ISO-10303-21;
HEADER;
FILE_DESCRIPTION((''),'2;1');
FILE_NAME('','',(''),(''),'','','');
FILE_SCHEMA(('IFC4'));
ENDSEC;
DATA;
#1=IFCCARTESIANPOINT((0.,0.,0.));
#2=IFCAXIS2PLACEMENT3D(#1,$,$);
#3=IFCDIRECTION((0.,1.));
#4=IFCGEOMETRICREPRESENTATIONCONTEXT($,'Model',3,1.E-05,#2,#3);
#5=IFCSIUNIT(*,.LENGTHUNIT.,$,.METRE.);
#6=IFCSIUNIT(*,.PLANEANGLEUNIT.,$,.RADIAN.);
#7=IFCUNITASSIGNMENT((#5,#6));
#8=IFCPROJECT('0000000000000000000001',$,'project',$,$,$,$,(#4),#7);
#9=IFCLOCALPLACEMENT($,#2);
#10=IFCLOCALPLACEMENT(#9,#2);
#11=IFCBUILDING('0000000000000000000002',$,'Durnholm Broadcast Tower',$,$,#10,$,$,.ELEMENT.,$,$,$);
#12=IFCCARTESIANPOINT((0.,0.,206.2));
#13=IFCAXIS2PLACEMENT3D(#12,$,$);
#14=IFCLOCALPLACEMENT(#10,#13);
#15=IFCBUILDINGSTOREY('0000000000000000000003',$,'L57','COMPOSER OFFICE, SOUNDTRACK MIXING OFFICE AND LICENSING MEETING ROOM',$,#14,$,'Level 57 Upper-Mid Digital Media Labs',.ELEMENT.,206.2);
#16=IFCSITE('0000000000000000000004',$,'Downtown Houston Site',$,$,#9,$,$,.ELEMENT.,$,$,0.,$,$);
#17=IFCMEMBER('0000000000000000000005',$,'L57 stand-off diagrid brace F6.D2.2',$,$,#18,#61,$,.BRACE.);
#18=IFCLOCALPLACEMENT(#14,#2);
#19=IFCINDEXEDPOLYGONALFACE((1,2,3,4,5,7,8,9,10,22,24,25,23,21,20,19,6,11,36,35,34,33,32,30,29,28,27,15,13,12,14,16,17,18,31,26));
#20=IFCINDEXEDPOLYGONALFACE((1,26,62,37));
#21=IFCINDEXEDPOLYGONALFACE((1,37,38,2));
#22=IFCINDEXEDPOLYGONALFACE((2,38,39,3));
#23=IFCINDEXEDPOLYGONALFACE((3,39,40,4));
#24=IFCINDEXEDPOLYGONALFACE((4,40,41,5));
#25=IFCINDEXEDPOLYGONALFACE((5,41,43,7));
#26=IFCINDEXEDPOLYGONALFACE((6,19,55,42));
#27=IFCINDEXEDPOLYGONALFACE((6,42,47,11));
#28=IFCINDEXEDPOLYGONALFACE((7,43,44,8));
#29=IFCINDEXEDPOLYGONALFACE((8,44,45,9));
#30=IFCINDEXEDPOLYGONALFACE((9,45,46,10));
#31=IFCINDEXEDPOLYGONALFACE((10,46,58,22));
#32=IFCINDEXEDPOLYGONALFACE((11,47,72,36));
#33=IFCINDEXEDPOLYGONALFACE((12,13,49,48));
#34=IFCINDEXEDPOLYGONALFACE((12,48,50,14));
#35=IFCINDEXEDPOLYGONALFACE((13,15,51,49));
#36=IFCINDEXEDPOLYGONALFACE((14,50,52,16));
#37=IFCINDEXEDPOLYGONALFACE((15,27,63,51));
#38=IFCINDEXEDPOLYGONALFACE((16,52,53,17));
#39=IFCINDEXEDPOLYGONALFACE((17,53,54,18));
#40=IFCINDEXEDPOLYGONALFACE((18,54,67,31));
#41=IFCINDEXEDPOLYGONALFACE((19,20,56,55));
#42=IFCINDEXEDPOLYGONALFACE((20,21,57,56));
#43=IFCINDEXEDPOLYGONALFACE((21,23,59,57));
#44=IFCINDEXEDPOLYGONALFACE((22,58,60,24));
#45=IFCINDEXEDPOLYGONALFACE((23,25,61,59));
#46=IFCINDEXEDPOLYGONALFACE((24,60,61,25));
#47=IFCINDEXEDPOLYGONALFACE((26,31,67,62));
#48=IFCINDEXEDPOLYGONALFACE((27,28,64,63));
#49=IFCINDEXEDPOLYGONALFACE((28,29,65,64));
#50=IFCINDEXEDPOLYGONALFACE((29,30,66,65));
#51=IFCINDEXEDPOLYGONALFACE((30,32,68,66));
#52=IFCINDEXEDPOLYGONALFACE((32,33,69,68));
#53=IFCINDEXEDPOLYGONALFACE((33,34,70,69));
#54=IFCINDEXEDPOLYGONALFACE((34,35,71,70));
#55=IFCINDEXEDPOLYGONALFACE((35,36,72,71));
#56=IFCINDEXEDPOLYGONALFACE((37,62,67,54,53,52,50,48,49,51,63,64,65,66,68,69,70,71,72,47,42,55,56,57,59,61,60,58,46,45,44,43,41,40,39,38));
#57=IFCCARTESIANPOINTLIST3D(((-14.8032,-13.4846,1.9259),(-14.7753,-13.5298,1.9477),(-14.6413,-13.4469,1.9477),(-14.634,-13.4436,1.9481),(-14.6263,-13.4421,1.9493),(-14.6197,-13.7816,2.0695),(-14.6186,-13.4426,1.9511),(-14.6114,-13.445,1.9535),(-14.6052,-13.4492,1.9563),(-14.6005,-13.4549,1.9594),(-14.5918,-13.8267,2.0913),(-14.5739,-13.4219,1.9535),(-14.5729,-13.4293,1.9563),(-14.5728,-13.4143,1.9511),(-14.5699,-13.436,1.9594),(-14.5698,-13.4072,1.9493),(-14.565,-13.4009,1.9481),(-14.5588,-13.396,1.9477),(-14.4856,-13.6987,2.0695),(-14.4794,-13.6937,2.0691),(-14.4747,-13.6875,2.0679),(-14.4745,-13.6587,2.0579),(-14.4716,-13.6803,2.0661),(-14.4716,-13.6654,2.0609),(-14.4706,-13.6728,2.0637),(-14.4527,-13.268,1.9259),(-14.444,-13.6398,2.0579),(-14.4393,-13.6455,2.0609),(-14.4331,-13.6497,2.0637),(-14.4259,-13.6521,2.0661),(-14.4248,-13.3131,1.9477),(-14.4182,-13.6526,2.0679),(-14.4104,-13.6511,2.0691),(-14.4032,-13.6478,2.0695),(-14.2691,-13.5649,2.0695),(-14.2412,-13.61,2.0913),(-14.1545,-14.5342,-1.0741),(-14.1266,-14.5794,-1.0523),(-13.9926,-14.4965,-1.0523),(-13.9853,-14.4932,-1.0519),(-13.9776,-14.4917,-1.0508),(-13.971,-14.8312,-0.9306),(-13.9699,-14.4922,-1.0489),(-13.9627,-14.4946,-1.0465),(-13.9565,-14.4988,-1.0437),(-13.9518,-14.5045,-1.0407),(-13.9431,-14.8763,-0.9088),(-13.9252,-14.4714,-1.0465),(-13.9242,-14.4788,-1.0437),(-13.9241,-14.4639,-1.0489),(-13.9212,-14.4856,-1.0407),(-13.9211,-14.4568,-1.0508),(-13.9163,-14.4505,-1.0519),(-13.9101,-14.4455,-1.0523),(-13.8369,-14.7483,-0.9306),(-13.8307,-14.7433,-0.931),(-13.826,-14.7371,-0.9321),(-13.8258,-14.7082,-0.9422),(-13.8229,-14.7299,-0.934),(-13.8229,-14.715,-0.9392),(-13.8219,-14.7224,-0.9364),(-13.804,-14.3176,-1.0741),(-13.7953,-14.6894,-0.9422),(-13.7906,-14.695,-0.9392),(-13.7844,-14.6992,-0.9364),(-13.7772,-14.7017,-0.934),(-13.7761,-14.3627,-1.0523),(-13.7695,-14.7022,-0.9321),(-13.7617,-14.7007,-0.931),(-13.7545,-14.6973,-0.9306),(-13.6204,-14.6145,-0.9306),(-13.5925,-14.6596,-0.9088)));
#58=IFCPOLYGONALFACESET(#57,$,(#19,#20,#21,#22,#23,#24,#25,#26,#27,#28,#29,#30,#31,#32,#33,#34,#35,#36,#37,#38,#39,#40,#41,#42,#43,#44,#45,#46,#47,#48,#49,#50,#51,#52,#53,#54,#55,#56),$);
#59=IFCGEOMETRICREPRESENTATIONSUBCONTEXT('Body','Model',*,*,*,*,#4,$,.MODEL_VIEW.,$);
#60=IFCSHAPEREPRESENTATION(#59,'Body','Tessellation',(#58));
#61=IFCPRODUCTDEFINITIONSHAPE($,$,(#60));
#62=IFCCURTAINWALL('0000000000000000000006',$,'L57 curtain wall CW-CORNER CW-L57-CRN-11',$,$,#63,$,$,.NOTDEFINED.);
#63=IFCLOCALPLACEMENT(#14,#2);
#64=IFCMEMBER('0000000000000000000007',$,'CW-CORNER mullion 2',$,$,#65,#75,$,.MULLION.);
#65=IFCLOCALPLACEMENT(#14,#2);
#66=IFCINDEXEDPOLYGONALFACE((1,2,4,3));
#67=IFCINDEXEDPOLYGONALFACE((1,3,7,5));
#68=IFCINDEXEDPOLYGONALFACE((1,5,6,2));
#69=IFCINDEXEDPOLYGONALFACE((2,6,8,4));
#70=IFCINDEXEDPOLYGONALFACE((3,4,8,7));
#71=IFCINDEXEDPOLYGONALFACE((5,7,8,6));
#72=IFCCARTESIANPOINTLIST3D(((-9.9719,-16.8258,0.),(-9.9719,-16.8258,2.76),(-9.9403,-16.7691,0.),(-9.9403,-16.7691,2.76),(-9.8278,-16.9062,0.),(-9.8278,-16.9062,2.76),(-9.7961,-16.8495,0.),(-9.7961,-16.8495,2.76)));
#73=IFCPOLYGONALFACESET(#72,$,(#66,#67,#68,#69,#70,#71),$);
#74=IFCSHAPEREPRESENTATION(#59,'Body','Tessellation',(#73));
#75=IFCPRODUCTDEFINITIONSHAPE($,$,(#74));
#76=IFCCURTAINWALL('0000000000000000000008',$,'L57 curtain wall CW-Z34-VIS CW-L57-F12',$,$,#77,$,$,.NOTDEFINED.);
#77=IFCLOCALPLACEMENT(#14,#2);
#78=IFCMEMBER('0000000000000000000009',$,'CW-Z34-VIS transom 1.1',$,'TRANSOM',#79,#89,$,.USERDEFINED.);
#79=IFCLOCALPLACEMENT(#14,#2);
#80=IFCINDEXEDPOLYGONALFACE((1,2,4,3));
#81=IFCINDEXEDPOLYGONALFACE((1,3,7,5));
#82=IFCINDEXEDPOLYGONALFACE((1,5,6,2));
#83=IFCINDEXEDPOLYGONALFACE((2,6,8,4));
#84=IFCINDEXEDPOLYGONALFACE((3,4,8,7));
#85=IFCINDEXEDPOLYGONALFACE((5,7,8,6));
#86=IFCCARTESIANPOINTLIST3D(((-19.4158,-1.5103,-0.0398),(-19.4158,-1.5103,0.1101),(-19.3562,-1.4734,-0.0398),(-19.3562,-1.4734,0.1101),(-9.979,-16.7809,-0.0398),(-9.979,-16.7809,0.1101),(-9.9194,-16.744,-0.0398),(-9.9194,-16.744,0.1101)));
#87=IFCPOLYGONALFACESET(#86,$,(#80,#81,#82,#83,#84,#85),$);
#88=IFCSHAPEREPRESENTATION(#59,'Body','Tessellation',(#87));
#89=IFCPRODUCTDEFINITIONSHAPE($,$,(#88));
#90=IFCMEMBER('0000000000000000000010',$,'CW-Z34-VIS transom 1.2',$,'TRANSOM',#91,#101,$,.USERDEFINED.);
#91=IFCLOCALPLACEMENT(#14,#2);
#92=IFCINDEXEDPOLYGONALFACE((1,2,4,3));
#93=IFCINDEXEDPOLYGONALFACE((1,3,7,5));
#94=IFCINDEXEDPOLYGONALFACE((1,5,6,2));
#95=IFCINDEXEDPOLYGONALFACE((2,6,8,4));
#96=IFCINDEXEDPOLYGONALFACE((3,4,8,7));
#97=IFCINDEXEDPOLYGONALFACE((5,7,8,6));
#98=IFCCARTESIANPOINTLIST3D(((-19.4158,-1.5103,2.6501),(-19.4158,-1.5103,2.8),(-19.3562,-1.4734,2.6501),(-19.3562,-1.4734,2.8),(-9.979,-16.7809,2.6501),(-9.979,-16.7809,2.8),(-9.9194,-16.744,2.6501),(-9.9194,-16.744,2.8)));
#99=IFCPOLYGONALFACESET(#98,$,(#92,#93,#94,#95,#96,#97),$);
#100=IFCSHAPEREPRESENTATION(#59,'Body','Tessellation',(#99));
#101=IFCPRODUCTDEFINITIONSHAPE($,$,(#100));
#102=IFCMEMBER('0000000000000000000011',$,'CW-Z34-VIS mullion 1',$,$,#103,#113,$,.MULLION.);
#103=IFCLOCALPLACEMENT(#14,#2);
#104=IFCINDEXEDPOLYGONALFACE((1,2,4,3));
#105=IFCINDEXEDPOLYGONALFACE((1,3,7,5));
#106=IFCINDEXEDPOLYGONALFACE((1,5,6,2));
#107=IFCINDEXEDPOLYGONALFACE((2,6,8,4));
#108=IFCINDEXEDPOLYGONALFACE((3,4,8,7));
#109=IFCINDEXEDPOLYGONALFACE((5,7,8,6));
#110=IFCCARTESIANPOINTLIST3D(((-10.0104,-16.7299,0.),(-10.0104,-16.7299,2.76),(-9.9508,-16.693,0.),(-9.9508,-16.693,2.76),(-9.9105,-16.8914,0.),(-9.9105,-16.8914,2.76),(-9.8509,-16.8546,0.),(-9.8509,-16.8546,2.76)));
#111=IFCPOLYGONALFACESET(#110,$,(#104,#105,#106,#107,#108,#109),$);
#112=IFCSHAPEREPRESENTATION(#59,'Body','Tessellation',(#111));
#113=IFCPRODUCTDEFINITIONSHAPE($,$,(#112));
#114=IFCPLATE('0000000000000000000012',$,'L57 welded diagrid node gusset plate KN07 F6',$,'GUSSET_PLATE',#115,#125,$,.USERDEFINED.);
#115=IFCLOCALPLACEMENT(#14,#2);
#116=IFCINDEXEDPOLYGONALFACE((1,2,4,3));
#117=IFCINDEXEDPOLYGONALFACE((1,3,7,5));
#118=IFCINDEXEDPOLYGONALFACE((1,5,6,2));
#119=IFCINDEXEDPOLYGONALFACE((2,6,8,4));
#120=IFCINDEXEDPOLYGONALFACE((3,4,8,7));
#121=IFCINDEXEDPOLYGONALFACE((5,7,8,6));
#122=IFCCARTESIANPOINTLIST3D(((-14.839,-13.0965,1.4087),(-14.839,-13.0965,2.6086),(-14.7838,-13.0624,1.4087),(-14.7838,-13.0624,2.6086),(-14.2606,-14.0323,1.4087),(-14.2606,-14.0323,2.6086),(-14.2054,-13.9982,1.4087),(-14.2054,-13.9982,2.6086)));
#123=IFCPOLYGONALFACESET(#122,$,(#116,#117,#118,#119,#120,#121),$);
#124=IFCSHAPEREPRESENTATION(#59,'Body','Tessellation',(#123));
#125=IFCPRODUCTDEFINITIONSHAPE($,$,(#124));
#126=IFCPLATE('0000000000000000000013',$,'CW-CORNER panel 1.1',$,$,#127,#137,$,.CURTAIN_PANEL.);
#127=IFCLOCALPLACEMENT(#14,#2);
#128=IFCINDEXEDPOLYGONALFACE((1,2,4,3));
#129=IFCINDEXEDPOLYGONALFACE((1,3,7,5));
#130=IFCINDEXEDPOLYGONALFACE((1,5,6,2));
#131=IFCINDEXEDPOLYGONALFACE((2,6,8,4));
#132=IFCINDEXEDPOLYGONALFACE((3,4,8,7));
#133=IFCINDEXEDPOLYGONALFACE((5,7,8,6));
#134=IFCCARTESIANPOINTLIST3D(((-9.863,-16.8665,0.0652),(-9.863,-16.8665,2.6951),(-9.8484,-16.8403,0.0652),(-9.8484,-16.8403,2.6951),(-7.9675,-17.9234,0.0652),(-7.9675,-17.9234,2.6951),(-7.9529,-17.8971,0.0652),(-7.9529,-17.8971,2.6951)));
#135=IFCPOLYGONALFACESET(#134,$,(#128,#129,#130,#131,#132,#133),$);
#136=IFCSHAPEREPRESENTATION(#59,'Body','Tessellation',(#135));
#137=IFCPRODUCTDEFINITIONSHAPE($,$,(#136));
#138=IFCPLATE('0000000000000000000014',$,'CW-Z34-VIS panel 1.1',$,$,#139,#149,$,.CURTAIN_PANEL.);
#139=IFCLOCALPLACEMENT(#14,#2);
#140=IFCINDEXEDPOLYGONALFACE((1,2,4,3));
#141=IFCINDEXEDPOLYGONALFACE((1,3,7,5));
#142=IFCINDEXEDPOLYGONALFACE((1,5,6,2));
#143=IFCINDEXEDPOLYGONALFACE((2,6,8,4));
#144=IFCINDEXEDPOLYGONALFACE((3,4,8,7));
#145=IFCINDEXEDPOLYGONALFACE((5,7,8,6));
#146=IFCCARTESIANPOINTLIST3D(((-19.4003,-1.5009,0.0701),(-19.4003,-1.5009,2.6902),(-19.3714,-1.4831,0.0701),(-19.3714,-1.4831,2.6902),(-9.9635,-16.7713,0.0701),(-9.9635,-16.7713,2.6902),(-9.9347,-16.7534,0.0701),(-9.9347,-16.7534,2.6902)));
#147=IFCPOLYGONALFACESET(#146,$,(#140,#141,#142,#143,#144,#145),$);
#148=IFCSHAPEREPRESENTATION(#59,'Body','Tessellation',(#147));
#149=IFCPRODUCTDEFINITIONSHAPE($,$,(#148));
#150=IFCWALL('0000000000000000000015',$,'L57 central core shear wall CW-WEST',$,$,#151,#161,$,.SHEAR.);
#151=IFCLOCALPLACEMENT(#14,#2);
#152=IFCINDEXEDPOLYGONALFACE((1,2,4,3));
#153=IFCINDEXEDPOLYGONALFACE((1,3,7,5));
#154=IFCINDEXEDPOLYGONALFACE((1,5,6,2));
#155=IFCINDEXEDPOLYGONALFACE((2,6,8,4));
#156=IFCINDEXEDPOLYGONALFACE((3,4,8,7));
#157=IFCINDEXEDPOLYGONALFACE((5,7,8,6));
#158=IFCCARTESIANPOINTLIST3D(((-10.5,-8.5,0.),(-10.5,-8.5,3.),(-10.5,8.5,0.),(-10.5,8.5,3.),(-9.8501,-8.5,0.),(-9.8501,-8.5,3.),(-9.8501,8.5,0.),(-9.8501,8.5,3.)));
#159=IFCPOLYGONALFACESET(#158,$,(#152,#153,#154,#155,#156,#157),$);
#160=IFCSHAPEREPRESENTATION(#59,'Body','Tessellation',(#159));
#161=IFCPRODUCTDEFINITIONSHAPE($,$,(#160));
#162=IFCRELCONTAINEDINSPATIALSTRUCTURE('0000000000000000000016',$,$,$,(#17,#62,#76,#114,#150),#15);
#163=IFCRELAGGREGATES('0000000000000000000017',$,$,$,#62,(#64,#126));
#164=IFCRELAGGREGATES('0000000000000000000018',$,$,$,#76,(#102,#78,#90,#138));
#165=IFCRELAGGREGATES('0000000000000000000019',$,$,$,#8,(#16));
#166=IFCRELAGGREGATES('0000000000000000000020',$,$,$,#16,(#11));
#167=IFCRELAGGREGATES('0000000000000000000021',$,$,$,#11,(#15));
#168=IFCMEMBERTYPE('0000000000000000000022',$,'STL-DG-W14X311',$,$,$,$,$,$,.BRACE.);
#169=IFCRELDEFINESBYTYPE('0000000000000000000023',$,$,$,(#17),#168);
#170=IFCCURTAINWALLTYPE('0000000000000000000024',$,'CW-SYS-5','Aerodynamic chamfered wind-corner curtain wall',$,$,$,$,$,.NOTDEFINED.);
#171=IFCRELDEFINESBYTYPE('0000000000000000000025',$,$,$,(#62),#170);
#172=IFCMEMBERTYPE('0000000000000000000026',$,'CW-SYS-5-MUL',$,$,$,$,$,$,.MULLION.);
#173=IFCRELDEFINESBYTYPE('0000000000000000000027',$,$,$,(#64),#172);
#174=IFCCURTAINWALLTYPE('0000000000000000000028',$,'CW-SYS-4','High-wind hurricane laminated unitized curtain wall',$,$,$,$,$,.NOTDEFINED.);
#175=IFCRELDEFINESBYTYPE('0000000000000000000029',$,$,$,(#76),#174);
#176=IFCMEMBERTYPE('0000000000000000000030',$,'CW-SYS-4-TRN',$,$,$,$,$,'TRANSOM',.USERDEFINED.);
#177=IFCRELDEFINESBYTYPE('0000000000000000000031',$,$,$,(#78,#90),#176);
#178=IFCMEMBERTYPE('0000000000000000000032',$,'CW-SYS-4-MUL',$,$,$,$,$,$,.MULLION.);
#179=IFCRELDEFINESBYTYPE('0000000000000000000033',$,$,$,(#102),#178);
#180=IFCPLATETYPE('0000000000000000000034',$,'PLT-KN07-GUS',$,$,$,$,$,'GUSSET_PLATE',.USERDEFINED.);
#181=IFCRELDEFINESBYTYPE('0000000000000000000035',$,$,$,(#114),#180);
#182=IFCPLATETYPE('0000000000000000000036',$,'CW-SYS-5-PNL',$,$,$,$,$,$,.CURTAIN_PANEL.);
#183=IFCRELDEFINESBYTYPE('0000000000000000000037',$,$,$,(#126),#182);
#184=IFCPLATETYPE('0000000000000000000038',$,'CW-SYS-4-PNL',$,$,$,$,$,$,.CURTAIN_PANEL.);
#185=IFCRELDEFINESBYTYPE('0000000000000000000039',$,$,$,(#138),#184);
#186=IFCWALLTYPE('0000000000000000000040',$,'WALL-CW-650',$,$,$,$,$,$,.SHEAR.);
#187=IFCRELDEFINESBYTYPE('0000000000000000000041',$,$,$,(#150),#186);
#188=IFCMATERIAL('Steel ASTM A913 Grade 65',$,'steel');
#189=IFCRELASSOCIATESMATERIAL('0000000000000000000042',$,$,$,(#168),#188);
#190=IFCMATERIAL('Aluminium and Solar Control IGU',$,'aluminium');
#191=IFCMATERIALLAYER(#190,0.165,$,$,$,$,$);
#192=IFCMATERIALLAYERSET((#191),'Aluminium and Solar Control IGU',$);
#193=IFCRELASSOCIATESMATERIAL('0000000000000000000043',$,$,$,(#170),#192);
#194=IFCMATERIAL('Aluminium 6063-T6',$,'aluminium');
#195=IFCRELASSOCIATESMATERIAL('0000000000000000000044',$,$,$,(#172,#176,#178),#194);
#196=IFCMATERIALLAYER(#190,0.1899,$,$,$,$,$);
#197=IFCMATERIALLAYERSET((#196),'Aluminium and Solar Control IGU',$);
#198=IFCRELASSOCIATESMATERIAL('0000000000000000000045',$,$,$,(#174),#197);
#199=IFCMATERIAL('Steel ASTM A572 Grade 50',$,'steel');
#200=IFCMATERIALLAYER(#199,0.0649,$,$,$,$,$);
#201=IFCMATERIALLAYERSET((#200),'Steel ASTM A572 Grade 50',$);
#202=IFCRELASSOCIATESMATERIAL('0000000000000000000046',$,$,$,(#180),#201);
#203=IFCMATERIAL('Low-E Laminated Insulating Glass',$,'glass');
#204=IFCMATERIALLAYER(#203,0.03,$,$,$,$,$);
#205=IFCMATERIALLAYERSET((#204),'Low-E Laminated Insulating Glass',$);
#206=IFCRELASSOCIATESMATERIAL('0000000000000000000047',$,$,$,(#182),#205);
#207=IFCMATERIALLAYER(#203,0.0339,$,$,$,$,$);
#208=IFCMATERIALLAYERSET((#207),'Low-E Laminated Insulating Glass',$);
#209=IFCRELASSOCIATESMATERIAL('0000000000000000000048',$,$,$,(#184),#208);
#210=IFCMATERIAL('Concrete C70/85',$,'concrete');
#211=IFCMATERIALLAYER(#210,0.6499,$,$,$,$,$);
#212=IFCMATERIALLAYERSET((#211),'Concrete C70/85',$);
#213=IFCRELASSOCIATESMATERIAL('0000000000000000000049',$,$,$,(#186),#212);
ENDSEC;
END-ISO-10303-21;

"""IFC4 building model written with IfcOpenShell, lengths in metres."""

from ifc_helpers import new_model, si_unit, direction, frame, frame_2d, origin, origin_2d, place, context, subcontext, project, spatial, rectangle, i_section, extrude, source, transform, mapped, material, layer, layer_set, material_profile, profile_set, type_object, type_shapes, element, aggregate, save


model = new_model("IFC4")

# Units and contexts
model_context = context("Model", 3, precision=1e-05, world=origin(), true_north=direction((0.0, 1.0)))
body_context = subcontext(model_context, "Body", "Model", "MODEL_VIEW")
ifc_project = project(units=[si_unit("LENGTHUNIT", "METRE"), si_unit("PLANEANGLEUNIT", "RADIAN")], contexts=[model_context])

# Site, building, storey
site_placement = place(None, origin())
site = spatial("IfcSite", under=ifc_project, at=site_placement, Name="Downtown Houston Site", CompositionType="ELEMENT", RefElevation=0.0)
building_placement = place(site_placement, origin())
building = spatial("IfcBuilding", under=site, at=building_placement, Name="Durnholm Broadcast Tower", CompositionType="ELEMENT")
storey_placement = place(building_placement, frame((0.0, 0.0, 206.2)))
storey = spatial("IfcBuildingStorey", under=building, at=storey_placement, Name="L57", Description="COMPOSER OFFICE, SOUNDTRACK MIXING OFFICE AND LICENSING MEETING ROOM", LongName="Level 57 Upper-Mid Digital Media Labs", CompositionType="ELEMENT", Elevation=206.2)

# Shared definitions
ifc_material_1 = material(Name="Concrete C70/85", Category="concrete")

# Member
ifc_material_2 = material(Name="Steel ASTM A913 Grade 65", Category="steel")
ifc_material_profile_1 = material_profile(ifc_material_2, i_section(OverallWidth=0.4121, OverallDepth=0.4348, WebThickness=0.0359, FlangeThickness=0.0574, FilletRadius=0.0305, at=origin_2d()), Name="W14X311")
ifc_profile_set_1 = profile_set([ifc_material_profile_1], Name="Steel ASTM A913 Grade 65")
member_type_1 = type_object("IfcMemberType", Name="STL-DG-W14X311", PredefinedType="BRACE", material=ifc_profile_set_1)
shared_shape_1 = source(origin(), body_context, "Body", "SweptSolid", [
    extrude(i_section(OverallWidth=0.4121, OverallDepth=0.4348, WebThickness=0.0359, FlangeThickness=0.0574, FilletRadius=0.0305, at=origin_2d()), origin(), (0.0, 0.0, 1.0), 3.2439),
])
member_1_placement = place(storey_placement, frame((-13.8735, -14.5969, -0.9915), z_axis=(-0.199975, 0.323557, 0.924836), x_axis=(-0.850644, -0.525741, 0.0)))
element("IfcMember", 1, at=member_1_placement, inside=storey, type_object=member_type_1, Name="L57 stand-off diagrid brace F6.D2.2", PredefinedType="BRACE", context=body_context, shape_type="MappedRepresentation", body=[
    mapped(shared_shape_1, transform((0.0, 0.0, 0.0), x_axis=(1.0, 0.0, 0.0), y_axis=(0.0, 1.0, 0.0), z_axis=(0.0, 0.0, 1.0), scale=1.0)),
])

# Curtain wall, member
ifc_material_3 = material(Name="Aluminium and Solar Control IGU", Category="aluminium")
ifc_layer_1 = layer(ifc_material_3, 0.165)
ifc_layer_set_1 = layer_set([ifc_layer_1], Name="Aluminium and Solar Control IGU")
curtain_wall_type_1 = type_object("IfcCurtainWallType", Name="CW-SYS-5", Description="Aerodynamic chamfered wind-corner curtain wall", PredefinedType="NOTDEFINED", material=ifc_layer_set_1)
curtain_wall_1_placement = place(storey_placement, origin())
curtain_wall_1 = element("IfcCurtainWall", 2, at=curtain_wall_1_placement, inside=storey, type_object=curtain_wall_type_1, Name="L57 curtain wall CW-CORNER CW-L57-CRN-11", PredefinedType="NOTDEFINED")
ifc_material_4 = material(Name="Aluminium 6063-T6", Category="aluminium")
ifc_material_profile_2 = material_profile(ifc_material_4, rectangle(XDim=0.0649, YDim=0.165, at=origin_2d()), Name="CWM65X165")
ifc_profile_set_2 = profile_set([ifc_material_profile_2], Name="Aluminium 6063-T6")
member_type_2 = type_object("IfcMemberType", Name="CW-SYS-5-MUL", PredefinedType="MULLION", material=ifc_profile_set_2)
shared_shape_2 = source(origin(), body_context, "Body", "SweptSolid", [
    extrude(rectangle(XDim=0.0649, YDim=0.165, at=origin_2d()), origin(), (0.0, 0.0, 1.0), 2.76),
])
type_shapes(member_type_2, [shared_shape_2])
member_2_placement = place(storey_placement, frame((-9.884, -16.8376, 0.0), z_axis=(0.0, 0.0, 1.0), x_axis=(-0.486986, -0.87341, 0.0)))
member_2 = element("IfcMember", 3, at=member_2_placement, type_object=member_type_2, Name="CW-CORNER mullion 2", PredefinedType="MULLION", context=body_context, shape_type="MappedRepresentation", body=[
    mapped(shared_shape_2, transform((0.0, 0.0, 0.0), x_axis=(1.0, 0.0, 0.0), y_axis=(0.0, 1.0, 0.0), z_axis=(0.0, 0.0, 1.0), scale=1.0)),
])

# Curtain wall, members
ifc_layer_2 = layer(ifc_material_3, 0.1899)
ifc_layer_set_2 = layer_set([ifc_layer_2], Name="Aluminium and Solar Control IGU")
curtain_wall_type_2 = type_object("IfcCurtainWallType", Name="CW-SYS-4", Description="High-wind hurricane laminated unitized curtain wall", PredefinedType="NOTDEFINED", material=ifc_layer_set_2)
curtain_wall_2_placement = place(storey_placement, origin())
curtain_wall_2 = element("IfcCurtainWall", 4, at=curtain_wall_2_placement, inside=storey, type_object=curtain_wall_type_2, Name="L57 curtain wall CW-Z34-VIS CW-L57-F12", PredefinedType="NOTDEFINED")
ifc_material_profile_3 = material_profile(ifc_material_4, rectangle(XDim=0.0701, YDim=0.1499, at=origin_2d()), Name="CWT70X150")
ifc_profile_set_3 = profile_set([ifc_material_profile_3], Name="Aluminium 6063-T6")
member_type_3 = type_object("IfcMemberType", Name="CW-SYS-4-TRN", ElementType="TRANSOM", PredefinedType="USERDEFINED", material=ifc_profile_set_3)
shared_shape_3 = source(origin(), body_context, "Body", "SweptSolid", [
    extrude(rectangle(XDim=0.0701, YDim=0.1499, at=origin_2d()), origin(), (0.0, 0.0, 1.0), 17.9512),
])
type_shapes(member_type_3, [shared_shape_3])
member_3_placement = place(storey_placement, frame((-9.9492, -16.7625, 0.0352), z_axis=(-0.525694, 0.850674, 0.0), x_axis=(-0.850674, -0.525694, 0.0)))
member_3 = element("IfcMember", 5, at=member_3_placement, type_object=member_type_3, Name="CW-Z34-VIS transom 1.1", ObjectType="TRANSOM", PredefinedType="USERDEFINED", context=body_context, shape_type="MappedRepresentation", body=[
    mapped(shared_shape_3, transform((0.0, 0.0, 0.0), x_axis=(1.0, 0.0, 0.0), y_axis=(0.0, 1.0, 0.0), z_axis=(0.0, 0.0, 1.0), scale=1.0)),
])
member_4_placement = place(storey_placement, frame((-9.9492, -16.7625, 2.7251), z_axis=(-0.525694, 0.850674, 0.0), x_axis=(-0.850674, -0.525694, 0.0)))
member_4 = element("IfcMember", 6, at=member_4_placement, type_object=member_type_3, Name="CW-Z34-VIS transom 1.2", ObjectType="TRANSOM", PredefinedType="USERDEFINED", context=body_context, shape_type="MappedRepresentation", body=[
    mapped(shared_shape_3, transform((0.0, 0.0, 0.0), x_axis=(1.0, 0.0, 0.0), y_axis=(0.0, 1.0, 0.0), z_axis=(0.0, 0.0, 1.0), scale=1.0)),
])
ifc_material_profile_4 = material_profile(ifc_material_4, rectangle(XDim=0.0701, YDim=0.1899, at=origin_2d()), Name="CWM70X190")
ifc_profile_set_4 = profile_set([ifc_material_profile_4], Name="Aluminium 6063-T6")
member_type_4 = type_object("IfcMemberType", Name="CW-SYS-4-MUL", PredefinedType="MULLION", material=ifc_profile_set_4)
shared_shape_4 = source(origin(), body_context, "Body", "SweptSolid", [
    extrude(rectangle(XDim=0.0701, YDim=0.1899, at=origin_2d()), origin(), (0.0, 0.0, 1.0), 2.76),
])
type_shapes(member_type_4, [shared_shape_4])
member_5_placement = place(storey_placement, frame((-9.9307, -16.7922, 0.0), z_axis=(0.0, 0.0, 1.0), x_axis=(-0.850671, -0.525698, 0.0)))
member_5 = element("IfcMember", 7, at=member_5_placement, type_object=member_type_4, Name="CW-Z34-VIS mullion 1", PredefinedType="MULLION", context=body_context, shape_type="MappedRepresentation", body=[
    mapped(shared_shape_4, transform((0.0, 0.0, 0.0), x_axis=(1.0, 0.0, 0.0), y_axis=(0.0, 1.0, 0.0), z_axis=(0.0, 0.0, 1.0), scale=1.0)),
])

# Plates
ifc_material_5 = material(Name="Steel ASTM A572 Grade 50", Category="steel")
ifc_layer_3 = layer(ifc_material_5, 0.0649)
ifc_layer_set_3 = layer_set([ifc_layer_3], Name="Steel ASTM A572 Grade 50")
plate_type_1 = type_object("IfcPlateType", Name="PLT-KN07-GUS", ElementType="GUSSET_PLATE", PredefinedType="USERDEFINED", material=ifc_layer_set_3)
shared_shape_5 = source(origin(), body_context, "Body", "SweptSolid", [
    extrude(rectangle(XDim=1.1001, YDim=0.0649, at=origin_2d()), origin(), (0.0, 0.0, 1.0), 1.2),
])
type_shapes(plate_type_1, [shared_shape_5])
plate_1_placement = place(storey_placement, frame((-14.5222, -13.5474, 1.4087), z_axis=(0.0, 0.0, 1.0), x_axis=(0.525769, -0.850628, 0.0)))
element("IfcPlate", 8, at=plate_1_placement, inside=storey, type_object=plate_type_1, Name="L57 welded diagrid node gusset plate KN07 F6", ObjectType="GUSSET_PLATE", PredefinedType="USERDEFINED", context=body_context, shape_type="MappedRepresentation", body=[
    mapped(shared_shape_5, transform((0.0, 0.0, 0.0), x_axis=(1.0, 0.0, 0.0), y_axis=(0.0, 1.0, 0.0), z_axis=(0.0, 0.0, 1.0), scale=1.0)),
])
ifc_material_6 = material(Name="Low-E Laminated Insulating Glass", Category="glass")
ifc_layer_4 = layer(ifc_material_6, 0.03)
ifc_layer_set_4 = layer_set([ifc_layer_4], Name="Low-E Laminated Insulating Glass")
plate_type_2 = type_object("IfcPlateType", Name="CW-SYS-5-PNL", PredefinedType="CURTAIN_PANEL", material=ifc_layer_set_4)
shared_shape_6 = source(origin(), body_context, "Body", "SweptSolid", [
    extrude(rectangle(XDim=2.1702, YDim=0.03, at=origin_2d()), origin(), (0.0, 0.0, 1.0), 2.6299),
])
type_shapes(plate_type_2, [shared_shape_6])
plate_2_placement = place(storey_placement, frame((-8.908, -17.3818, 0.0652), z_axis=(0.0, 0.0, 1.0), x_axis=(-0.87341, 0.486986, 0.0)))
plate_2 = element("IfcPlate", 9, at=plate_2_placement, type_object=plate_type_2, Name="CW-CORNER panel 1.1", PredefinedType="CURTAIN_PANEL", context=body_context, shape_type="MappedRepresentation", body=[
    mapped(shared_shape_6, transform((0.0, 0.0, 0.0), x_axis=(1.0, 0.0, 0.0), y_axis=(0.0, 1.0, 0.0), z_axis=(0.0, 0.0, 1.0), scale=1.0)),
])
aggregate(curtain_wall_1, [member_2, plate_2])
ifc_layer_5 = layer(ifc_material_6, 0.0339)
ifc_layer_set_5 = layer_set([ifc_layer_5], Name="Low-E Laminated Insulating Glass")
plate_type_3 = type_object("IfcPlateType", Name="CW-SYS-4-PNL", PredefinedType="CURTAIN_PANEL", material=ifc_layer_set_5)
shared_shape_7 = source(origin(), body_context, "Body", "SweptSolid", [
    extrude(rectangle(XDim=17.9509, YDim=0.0339, at=origin_2d()), origin(), (0.0, 0.0, 1.0), 2.6201),
])
type_shapes(plate_type_3, [shared_shape_7])
plate_3_placement = place(storey_placement, frame((-14.6675, -9.1272, 0.0701), z_axis=(0.0, 0.0, 1.0), x_axis=(-0.525698, 0.850671, 0.0)))
plate_3 = element("IfcPlate", 10, at=plate_3_placement, type_object=plate_type_3, Name="CW-Z34-VIS panel 1.1", PredefinedType="CURTAIN_PANEL", context=body_context, shape_type="MappedRepresentation", body=[
    mapped(shared_shape_7, transform((0.0, 0.0, 0.0), x_axis=(1.0, 0.0, 0.0), y_axis=(0.0, 1.0, 0.0), z_axis=(0.0, 0.0, 1.0), scale=1.0)),
])
aggregate(curtain_wall_2, [member_5, member_3, member_4, plate_3])

# Wall
ifc_layer_6 = layer(ifc_material_1, 0.6499)
ifc_layer_set_6 = layer_set([ifc_layer_6], Name="Concrete C70/85")
wall_type_1 = type_object("IfcWallType", Name="WALL-CW-650", PredefinedType="SHEAR", material=ifc_layer_set_6)
wall_1_placement = place(storey_placement, frame((-10.175, -8.5, 0.0), z_axis=(0.0, 0.0, 1.0), x_axis=(0.0, 1.0, 0.0)))
element("IfcWall", 11, at=wall_1_placement, inside=storey, type_object=wall_type_1, Name="L57 central core shear wall CW-WEST", PredefinedType="SHEAR", context=body_context, shape_type="SweptSolid", body=[
    extrude(rectangle(XDim=17.0, YDim=0.6499, at=frame_2d((8.5, 0.0))), origin(), (0.0, 0.0, 1.0), 3.0),
])

save(model, "model.ifc")
